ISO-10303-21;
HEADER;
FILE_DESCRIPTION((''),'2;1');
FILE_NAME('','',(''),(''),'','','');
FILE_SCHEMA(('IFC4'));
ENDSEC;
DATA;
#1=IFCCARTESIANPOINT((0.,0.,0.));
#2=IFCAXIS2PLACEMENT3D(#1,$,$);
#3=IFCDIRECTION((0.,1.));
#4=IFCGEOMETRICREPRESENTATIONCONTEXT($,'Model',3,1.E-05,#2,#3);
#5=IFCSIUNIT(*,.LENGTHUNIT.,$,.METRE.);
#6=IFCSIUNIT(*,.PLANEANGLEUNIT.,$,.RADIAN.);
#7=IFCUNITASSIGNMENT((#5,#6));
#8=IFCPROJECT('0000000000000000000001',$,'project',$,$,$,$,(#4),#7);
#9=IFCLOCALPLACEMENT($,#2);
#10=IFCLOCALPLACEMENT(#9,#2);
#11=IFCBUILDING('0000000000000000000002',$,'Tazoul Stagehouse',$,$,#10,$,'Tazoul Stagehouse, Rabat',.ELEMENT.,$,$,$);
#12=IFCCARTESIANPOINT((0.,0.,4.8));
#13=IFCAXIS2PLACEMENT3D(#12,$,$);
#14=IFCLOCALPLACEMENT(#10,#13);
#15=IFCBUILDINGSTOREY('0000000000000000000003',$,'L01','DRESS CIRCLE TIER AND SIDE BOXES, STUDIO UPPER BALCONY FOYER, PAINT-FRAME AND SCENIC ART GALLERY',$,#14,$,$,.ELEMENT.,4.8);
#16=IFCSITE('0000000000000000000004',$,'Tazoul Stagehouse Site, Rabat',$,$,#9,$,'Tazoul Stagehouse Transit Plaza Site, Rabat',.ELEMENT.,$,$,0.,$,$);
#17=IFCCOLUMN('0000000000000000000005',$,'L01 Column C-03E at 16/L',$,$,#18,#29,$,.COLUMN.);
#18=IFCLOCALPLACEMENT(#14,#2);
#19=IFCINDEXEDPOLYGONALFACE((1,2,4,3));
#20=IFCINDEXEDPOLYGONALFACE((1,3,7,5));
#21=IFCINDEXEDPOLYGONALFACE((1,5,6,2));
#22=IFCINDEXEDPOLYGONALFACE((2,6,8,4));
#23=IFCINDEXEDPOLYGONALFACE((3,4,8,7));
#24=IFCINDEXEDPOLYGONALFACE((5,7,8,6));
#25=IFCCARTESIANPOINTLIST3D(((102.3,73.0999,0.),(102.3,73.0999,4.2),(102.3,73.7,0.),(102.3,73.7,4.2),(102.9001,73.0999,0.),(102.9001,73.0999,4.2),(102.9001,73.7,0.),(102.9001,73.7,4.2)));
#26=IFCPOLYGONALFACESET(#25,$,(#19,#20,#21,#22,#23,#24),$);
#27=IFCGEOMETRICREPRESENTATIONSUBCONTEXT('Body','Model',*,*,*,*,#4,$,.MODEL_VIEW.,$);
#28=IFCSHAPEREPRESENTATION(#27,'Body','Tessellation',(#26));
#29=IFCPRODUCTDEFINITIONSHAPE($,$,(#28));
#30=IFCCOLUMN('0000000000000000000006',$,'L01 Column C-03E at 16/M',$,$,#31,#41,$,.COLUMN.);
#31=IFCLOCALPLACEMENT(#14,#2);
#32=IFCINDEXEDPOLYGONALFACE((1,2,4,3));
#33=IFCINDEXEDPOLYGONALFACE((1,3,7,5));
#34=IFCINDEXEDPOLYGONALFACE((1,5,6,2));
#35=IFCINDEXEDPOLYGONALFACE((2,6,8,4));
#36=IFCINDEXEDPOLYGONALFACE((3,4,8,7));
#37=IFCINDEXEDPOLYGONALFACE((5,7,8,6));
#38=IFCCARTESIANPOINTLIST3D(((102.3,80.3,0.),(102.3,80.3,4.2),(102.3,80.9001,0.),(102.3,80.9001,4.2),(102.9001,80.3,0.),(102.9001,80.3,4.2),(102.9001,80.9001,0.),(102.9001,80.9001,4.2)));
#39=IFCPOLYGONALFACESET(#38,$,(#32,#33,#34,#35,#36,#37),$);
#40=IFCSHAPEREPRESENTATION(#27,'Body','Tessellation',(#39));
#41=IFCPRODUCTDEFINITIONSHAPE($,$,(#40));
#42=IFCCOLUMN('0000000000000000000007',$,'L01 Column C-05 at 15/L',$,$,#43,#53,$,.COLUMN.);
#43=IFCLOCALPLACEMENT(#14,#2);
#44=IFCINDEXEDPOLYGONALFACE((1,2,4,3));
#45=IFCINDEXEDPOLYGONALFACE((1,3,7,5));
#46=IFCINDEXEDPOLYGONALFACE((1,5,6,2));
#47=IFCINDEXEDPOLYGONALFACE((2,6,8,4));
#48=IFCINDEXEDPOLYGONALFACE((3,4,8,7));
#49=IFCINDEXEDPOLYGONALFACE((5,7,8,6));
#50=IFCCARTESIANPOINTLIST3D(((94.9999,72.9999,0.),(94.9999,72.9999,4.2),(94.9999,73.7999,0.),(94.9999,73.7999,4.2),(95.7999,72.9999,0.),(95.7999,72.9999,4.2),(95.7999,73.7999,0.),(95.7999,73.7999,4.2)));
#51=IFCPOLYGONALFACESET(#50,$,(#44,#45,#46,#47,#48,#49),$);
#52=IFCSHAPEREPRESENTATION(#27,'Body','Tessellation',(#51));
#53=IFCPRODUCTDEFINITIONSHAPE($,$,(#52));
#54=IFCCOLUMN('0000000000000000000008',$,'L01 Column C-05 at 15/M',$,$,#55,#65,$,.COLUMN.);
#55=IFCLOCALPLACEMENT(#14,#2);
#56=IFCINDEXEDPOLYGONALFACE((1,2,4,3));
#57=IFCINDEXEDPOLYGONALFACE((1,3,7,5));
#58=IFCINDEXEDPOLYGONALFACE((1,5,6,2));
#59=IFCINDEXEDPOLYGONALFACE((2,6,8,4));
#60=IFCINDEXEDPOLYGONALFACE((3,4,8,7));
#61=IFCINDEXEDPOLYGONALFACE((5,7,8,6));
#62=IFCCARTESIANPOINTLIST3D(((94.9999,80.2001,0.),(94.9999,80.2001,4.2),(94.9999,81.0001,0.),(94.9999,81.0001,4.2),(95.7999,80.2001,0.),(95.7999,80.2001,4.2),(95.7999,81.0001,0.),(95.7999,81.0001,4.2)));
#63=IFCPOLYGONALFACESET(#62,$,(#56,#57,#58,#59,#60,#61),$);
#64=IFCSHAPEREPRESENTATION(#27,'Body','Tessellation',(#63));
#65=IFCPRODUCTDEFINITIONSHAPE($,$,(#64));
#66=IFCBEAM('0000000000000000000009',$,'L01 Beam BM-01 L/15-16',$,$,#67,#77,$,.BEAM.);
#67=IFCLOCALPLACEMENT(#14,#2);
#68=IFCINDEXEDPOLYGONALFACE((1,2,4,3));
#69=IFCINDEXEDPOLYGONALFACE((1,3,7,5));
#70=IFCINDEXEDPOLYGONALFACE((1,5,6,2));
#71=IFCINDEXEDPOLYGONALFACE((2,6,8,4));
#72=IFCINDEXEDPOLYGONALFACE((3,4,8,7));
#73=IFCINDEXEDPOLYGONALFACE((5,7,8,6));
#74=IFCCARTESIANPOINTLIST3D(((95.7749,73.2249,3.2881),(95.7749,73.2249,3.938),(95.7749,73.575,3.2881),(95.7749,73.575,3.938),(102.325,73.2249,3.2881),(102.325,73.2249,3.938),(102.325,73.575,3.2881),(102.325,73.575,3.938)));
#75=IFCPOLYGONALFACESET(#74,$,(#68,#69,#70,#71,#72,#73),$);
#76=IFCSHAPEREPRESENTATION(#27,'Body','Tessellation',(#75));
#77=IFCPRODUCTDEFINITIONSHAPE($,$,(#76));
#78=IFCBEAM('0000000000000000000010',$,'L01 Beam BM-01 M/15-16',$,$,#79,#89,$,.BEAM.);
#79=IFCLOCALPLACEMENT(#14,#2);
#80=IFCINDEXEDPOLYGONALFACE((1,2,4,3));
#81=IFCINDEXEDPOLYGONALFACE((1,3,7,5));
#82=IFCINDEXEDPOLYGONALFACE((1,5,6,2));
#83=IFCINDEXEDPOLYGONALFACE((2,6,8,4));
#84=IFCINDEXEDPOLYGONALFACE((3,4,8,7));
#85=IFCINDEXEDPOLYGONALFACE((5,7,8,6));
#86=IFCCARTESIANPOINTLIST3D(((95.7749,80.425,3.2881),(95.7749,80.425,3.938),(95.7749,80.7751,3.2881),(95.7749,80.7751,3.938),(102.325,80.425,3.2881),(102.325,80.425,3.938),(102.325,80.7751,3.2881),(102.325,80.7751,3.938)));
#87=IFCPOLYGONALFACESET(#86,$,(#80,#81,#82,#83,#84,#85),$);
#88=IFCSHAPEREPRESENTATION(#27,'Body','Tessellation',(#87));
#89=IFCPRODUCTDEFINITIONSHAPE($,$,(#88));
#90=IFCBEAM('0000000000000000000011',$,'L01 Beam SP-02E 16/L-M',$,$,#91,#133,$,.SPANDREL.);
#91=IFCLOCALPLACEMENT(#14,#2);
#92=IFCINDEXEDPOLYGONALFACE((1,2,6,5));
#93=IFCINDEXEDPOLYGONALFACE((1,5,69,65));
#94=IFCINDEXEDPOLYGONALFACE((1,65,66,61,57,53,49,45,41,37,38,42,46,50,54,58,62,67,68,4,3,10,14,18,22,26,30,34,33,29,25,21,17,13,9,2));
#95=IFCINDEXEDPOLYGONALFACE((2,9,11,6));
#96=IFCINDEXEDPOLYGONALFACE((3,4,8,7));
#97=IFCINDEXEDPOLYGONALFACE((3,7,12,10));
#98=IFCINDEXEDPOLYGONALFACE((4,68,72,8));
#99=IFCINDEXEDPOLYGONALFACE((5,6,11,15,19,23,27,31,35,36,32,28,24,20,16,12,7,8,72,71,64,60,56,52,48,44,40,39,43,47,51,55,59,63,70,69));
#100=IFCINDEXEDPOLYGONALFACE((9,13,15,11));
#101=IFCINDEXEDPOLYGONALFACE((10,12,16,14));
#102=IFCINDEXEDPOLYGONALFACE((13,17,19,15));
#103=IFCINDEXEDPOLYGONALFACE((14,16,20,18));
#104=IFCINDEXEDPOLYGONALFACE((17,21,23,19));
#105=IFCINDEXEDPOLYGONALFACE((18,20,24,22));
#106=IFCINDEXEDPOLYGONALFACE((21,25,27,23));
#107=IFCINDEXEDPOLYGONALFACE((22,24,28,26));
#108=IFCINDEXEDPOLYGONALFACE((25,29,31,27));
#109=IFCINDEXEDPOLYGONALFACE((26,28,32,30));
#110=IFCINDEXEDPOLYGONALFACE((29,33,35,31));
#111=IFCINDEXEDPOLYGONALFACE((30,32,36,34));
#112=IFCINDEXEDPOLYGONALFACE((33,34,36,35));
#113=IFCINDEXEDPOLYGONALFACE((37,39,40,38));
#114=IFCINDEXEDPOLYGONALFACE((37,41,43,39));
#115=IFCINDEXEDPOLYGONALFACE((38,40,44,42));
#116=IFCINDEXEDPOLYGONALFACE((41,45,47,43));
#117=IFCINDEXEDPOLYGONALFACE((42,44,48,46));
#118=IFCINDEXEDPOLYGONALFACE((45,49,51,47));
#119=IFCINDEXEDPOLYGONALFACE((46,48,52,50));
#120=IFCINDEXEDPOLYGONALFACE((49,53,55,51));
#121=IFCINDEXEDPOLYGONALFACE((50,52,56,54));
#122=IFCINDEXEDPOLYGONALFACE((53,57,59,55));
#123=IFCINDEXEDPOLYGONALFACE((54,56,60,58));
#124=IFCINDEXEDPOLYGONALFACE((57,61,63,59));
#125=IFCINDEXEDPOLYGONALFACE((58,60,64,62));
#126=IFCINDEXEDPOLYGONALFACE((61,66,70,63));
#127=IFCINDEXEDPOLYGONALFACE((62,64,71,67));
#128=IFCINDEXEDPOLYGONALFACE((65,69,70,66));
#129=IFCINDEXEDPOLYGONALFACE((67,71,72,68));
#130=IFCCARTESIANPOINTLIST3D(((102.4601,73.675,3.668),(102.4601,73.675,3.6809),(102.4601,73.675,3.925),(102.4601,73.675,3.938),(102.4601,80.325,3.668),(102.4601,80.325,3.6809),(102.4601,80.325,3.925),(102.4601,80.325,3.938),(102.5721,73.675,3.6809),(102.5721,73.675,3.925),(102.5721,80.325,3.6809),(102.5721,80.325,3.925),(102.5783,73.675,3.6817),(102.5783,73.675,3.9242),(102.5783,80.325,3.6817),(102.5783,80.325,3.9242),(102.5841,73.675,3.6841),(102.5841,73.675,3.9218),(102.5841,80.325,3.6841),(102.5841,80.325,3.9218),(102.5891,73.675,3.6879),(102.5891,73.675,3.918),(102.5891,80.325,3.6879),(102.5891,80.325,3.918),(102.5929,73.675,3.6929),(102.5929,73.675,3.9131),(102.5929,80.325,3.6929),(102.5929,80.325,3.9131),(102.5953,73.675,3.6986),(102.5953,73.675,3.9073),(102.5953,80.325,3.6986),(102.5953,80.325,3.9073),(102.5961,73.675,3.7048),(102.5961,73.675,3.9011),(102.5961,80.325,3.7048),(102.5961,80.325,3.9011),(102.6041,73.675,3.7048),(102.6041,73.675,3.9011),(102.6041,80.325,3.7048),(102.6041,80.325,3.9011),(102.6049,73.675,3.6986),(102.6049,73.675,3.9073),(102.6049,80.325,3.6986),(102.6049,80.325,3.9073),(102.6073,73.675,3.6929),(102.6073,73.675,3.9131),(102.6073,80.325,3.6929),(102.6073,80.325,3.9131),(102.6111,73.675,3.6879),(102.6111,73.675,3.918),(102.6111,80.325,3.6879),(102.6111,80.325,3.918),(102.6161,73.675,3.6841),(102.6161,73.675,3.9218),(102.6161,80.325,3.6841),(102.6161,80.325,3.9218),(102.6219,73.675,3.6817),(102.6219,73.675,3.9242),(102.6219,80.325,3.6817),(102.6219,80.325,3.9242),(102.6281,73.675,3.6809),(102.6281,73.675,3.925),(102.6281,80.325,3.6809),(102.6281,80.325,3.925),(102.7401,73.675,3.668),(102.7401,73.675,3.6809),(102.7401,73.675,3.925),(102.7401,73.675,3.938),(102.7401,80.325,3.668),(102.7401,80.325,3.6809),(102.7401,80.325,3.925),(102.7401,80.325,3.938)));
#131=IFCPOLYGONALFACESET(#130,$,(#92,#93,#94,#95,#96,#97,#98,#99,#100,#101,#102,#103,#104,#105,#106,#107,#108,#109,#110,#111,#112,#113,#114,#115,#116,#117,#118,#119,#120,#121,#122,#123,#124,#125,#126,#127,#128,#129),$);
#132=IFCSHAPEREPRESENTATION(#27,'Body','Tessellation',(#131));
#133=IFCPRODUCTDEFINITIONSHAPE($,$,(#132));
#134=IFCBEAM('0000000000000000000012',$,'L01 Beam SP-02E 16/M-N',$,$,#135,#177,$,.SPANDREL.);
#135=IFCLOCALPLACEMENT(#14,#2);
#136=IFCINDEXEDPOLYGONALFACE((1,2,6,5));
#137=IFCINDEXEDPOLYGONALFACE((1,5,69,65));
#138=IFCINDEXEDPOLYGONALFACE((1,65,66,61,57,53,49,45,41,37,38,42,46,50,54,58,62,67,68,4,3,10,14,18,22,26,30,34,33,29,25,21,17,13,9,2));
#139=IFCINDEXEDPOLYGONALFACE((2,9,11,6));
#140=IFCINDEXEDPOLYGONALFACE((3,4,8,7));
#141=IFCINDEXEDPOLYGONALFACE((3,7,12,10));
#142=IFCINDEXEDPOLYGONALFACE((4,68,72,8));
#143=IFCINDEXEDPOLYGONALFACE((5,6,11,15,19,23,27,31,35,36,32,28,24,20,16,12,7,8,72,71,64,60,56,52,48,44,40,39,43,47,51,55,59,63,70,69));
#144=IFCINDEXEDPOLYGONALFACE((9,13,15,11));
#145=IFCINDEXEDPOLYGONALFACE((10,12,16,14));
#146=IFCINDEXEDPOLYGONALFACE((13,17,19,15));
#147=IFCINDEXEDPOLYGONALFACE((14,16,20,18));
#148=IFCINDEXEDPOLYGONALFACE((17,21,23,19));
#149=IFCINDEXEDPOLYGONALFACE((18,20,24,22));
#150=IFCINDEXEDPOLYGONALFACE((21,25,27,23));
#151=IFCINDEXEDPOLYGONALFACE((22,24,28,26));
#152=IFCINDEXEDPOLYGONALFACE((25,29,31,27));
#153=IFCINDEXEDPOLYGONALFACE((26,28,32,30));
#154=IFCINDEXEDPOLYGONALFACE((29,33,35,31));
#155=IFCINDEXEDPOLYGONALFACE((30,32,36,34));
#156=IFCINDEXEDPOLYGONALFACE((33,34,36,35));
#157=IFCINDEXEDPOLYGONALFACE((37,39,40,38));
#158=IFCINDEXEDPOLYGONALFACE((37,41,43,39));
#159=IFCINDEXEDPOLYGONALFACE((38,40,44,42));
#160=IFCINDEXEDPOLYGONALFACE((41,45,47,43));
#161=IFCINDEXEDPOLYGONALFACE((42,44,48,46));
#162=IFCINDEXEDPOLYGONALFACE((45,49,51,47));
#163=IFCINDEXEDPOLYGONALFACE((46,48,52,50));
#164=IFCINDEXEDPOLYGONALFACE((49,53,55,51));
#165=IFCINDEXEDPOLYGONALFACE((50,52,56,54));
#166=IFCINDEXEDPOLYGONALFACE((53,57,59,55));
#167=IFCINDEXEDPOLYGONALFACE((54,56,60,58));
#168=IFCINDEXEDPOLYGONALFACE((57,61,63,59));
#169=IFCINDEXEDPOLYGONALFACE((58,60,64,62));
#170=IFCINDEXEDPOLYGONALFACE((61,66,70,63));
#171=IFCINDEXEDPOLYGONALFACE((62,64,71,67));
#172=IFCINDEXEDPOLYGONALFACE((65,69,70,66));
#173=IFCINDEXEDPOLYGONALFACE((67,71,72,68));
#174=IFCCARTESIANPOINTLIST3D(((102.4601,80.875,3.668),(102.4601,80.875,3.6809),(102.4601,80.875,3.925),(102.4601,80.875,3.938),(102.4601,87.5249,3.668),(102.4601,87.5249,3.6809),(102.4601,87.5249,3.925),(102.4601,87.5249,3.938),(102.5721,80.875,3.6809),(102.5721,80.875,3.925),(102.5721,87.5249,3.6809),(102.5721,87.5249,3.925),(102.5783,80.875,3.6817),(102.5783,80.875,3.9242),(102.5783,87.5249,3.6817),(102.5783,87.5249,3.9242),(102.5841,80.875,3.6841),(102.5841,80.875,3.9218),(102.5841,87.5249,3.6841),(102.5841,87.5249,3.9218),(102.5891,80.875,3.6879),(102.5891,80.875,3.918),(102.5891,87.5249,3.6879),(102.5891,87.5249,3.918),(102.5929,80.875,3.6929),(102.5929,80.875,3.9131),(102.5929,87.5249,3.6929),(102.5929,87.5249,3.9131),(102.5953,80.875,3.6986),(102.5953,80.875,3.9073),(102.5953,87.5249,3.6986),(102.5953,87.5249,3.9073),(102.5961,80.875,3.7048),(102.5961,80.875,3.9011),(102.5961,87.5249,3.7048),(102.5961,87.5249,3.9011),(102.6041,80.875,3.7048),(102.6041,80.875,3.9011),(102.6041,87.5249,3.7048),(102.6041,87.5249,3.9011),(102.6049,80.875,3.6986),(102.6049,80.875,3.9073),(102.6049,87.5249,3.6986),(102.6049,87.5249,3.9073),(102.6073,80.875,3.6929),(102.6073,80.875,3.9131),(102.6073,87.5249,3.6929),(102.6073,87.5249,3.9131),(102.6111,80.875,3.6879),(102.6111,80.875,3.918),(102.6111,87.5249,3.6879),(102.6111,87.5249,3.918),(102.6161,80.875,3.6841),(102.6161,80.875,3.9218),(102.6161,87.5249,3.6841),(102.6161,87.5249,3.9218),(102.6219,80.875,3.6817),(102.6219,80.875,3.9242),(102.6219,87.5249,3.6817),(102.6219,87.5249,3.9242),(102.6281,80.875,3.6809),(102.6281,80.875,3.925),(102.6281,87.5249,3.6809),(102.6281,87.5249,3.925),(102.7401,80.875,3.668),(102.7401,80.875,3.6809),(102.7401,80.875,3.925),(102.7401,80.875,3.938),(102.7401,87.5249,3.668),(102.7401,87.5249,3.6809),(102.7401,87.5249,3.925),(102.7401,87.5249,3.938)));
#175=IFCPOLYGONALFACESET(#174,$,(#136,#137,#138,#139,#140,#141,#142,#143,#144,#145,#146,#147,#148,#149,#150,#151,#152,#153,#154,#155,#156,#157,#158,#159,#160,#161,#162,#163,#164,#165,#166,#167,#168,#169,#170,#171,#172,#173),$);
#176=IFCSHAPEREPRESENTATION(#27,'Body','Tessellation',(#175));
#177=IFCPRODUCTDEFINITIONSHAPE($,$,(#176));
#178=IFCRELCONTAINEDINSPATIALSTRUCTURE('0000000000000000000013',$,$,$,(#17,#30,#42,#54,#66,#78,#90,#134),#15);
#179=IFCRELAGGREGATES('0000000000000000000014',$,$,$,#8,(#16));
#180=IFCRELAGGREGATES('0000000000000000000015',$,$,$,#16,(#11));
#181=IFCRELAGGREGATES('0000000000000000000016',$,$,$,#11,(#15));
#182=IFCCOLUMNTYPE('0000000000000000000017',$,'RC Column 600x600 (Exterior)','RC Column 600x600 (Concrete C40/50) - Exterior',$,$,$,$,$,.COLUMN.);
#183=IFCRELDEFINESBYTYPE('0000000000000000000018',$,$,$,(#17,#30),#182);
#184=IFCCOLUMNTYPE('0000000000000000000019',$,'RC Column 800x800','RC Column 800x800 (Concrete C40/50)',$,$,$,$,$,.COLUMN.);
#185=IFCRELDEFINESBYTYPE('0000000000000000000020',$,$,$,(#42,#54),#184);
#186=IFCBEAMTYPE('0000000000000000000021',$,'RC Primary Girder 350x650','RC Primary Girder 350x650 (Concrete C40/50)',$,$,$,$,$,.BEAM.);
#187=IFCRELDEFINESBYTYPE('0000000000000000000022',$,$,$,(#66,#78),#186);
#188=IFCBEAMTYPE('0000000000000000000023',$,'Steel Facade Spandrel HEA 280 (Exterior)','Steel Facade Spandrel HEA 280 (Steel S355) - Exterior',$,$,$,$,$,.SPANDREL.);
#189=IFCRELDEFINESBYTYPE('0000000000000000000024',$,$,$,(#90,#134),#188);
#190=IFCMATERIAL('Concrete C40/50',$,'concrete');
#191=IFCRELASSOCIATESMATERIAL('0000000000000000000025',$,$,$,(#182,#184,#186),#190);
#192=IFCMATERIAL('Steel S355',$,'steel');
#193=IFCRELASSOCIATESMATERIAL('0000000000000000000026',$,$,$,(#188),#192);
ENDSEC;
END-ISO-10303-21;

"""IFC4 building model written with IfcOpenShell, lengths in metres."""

from ifc_helpers import new_model, si_unit, direction, frame, origin, origin_2d, place, context, subcontext, project, spatial, rectangle, i_section, extrude, material, material_profile, profile_set, type_object, element, save


model = new_model("IFC4")

# Units and contexts
model_context = context("Model", 3, precision=1e-05, world=origin(), true_north=direction((0.0, 1.0)))
body_context = subcontext(model_context, "Body", "Model", "MODEL_VIEW")
ifc_project = project(units=[si_unit("LENGTHUNIT", "METRE"), si_unit("PLANEANGLEUNIT", "RADIAN")], contexts=[model_context])

# Site, building, storey
site_placement = place(None, origin())
site = spatial("IfcSite", under=ifc_project, at=site_placement, Name="Tazoul Stagehouse Site, Rabat", LongName="Tazoul Stagehouse Transit Plaza Site, Rabat", CompositionType="ELEMENT", RefElevation=0.0)
building_placement = place(site_placement, origin())
building = spatial("IfcBuilding", under=site, at=building_placement, Name="Tazoul Stagehouse", LongName="Tazoul Stagehouse, Rabat", CompositionType="ELEMENT")
storey_placement = place(building_placement, frame((0.0, 0.0, 4.8)))
storey = spatial("IfcBuildingStorey", under=building, at=storey_placement, Name="L01", Description="DRESS CIRCLE TIER AND SIDE BOXES, STUDIO UPPER BALCONY FOYER, PAINT-FRAME AND SCENIC ART GALLERY", CompositionType="ELEMENT", Elevation=4.8)

# Columns
ifc_material_1 = material(Name="Concrete C40/50", Category="concrete")
ifc_material_profile_1 = material_profile(ifc_material_1, rectangle(XDim=0.6001, YDim=0.6001, at=origin_2d()), Name="RC 600x600")
ifc_profile_set_1 = profile_set([ifc_material_profile_1], Name="Concrete C40/50")
column_type_1 = type_object("IfcColumnType", Name="RC Column 600x600 (Exterior)", Description="RC Column 600x600 (Concrete C40/50) - Exterior", PredefinedType="COLUMN", material=ifc_profile_set_1)
for number, where, z_axis, x_axis, name in (
    (1, (102.6001, 73.3999, 0.0), (0.0, 0.0, 1.0), (1.0, 0.0, 0.0), "L01 Column C-03E at 16/L"),
    (2, (102.6001, 80.6001, 0.0), (0.0, 0.0, 1.0), (1.0, 0.0, 0.0), "L01 Column C-03E at 16/M"),
):
    element("IfcColumn", number, at=place(storey_placement, frame(where, z_axis=z_axis, x_axis=x_axis)), inside=storey, type_object=column_type_1, Name=name, PredefinedType="COLUMN", context=body_context, shape_type="SweptSolid", body=[
        extrude(rectangle(XDim=0.6001, YDim=0.6001, at=origin_2d()), origin(), (0.0, 0.0, 1.0), 4.2),
    ])
ifc_material_profile_2 = material_profile(ifc_material_1, rectangle(XDim=0.8, YDim=0.8, at=origin_2d()), Name="RC 800x800")
ifc_profile_set_2 = profile_set([ifc_material_profile_2], Name="Concrete C40/50")
column_type_2 = type_object("IfcColumnType", Name="RC Column 800x800", Description="RC Column 800x800 (Concrete C40/50)", PredefinedType="COLUMN", material=ifc_profile_set_2)
for number, where, z_axis, x_axis, name in (
    (3, (95.3999, 73.3999, 0.0), (0.0, 0.0, 1.0), (1.0, 0.0, 0.0), "L01 Column C-05 at 15/L"),
    (4, (95.3999, 80.6001, 0.0), (0.0, 0.0, 1.0), (1.0, 0.0, 0.0), "L01 Column C-05 at 15/M"),
):
    element("IfcColumn", number, at=place(storey_placement, frame(where, z_axis=z_axis, x_axis=x_axis)), inside=storey, type_object=column_type_2, Name=name, PredefinedType="COLUMN", context=body_context, shape_type="SweptSolid", body=[
        extrude(rectangle(XDim=0.8, YDim=0.8, at=origin_2d()), origin(), (0.0, 0.0, 1.0), 4.2),
    ])

# Beams
ifc_material_profile_3 = material_profile(ifc_material_1, rectangle(XDim=0.3501, YDim=0.6499, at=origin_2d()), Name="RC 350x650")
ifc_profile_set_3 = profile_set([ifc_material_profile_3], Name="Concrete C40/50")
beam_type_1 = type_object("IfcBeamType", Name="RC Primary Girder 350x650", Description="RC Primary Girder 350x650 (Concrete C40/50)", PredefinedType="BEAM", material=ifc_profile_set_3)
for number, where, z_axis, x_axis, name in (
    (5, (95.7749, 73.3999, 3.613), (1.0, 0.0, 0.0), (0.0, 1.0, 0.0), "L01 Beam BM-01 L/15-16"),
    (6, (95.7749, 80.6001, 3.613), (1.0, 0.0, 0.0), (0.0, 1.0, 0.0), "L01 Beam BM-01 M/15-16"),
):
    element("IfcBeam", number, at=place(storey_placement, frame(where, z_axis=z_axis, x_axis=x_axis)), inside=storey, type_object=beam_type_1, Name=name, PredefinedType="BEAM", context=body_context, shape_type="SweptSolid", body=[
        extrude(rectangle(XDim=0.3501, YDim=0.6499, at=origin_2d()), origin(), (0.0, 0.0, 1.0), 6.55),
    ])
ifc_material_2 = material(Name="Steel S355", Category="steel")
ifc_material_profile_4 = material_profile(ifc_material_2, i_section(OverallWidth=0.28, OverallDepth=0.27, WebThickness=0.0081, FlangeThickness=0.0129, FilletRadius=0.0239, at=origin_2d()), Name="HEA 280")
ifc_profile_set_4 = profile_set([ifc_material_profile_4], Name="Steel S355")
beam_type_2 = type_object("IfcBeamType", Name="Steel Facade Spandrel HEA 280 (Exterior)", Description="Steel Facade Spandrel HEA 280 (Steel S355) - Exterior", PredefinedType="SPANDREL", material=ifc_profile_set_4)
for number, where, z_axis, x_axis, name in (
    (7, (102.6001, 73.675, 3.803), (0.0, 1.0, 0.0), (-1.0, 0.0, 0.0), "L01 Beam SP-02E 16/L-M"),
    (8, (102.6001, 80.875, 3.803), (0.0, 1.0, 0.0), (-1.0, 0.0, 0.0), "L01 Beam SP-02E 16/M-N"),
):
    element("IfcBeam", number, at=place(storey_placement, frame(where, z_axis=z_axis, x_axis=x_axis)), inside=storey, type_object=beam_type_2, Name=name, PredefinedType="SPANDREL", context=body_context, shape_type="SweptSolid", body=[
        extrude(i_section(OverallWidth=0.28, OverallDepth=0.27, WebThickness=0.0081, FlangeThickness=0.0129, FilletRadius=0.0239, at=origin_2d()), origin(), (0.0, 0.0, 1.0), 6.6499),
    ])

save(model, "model.ifc")
